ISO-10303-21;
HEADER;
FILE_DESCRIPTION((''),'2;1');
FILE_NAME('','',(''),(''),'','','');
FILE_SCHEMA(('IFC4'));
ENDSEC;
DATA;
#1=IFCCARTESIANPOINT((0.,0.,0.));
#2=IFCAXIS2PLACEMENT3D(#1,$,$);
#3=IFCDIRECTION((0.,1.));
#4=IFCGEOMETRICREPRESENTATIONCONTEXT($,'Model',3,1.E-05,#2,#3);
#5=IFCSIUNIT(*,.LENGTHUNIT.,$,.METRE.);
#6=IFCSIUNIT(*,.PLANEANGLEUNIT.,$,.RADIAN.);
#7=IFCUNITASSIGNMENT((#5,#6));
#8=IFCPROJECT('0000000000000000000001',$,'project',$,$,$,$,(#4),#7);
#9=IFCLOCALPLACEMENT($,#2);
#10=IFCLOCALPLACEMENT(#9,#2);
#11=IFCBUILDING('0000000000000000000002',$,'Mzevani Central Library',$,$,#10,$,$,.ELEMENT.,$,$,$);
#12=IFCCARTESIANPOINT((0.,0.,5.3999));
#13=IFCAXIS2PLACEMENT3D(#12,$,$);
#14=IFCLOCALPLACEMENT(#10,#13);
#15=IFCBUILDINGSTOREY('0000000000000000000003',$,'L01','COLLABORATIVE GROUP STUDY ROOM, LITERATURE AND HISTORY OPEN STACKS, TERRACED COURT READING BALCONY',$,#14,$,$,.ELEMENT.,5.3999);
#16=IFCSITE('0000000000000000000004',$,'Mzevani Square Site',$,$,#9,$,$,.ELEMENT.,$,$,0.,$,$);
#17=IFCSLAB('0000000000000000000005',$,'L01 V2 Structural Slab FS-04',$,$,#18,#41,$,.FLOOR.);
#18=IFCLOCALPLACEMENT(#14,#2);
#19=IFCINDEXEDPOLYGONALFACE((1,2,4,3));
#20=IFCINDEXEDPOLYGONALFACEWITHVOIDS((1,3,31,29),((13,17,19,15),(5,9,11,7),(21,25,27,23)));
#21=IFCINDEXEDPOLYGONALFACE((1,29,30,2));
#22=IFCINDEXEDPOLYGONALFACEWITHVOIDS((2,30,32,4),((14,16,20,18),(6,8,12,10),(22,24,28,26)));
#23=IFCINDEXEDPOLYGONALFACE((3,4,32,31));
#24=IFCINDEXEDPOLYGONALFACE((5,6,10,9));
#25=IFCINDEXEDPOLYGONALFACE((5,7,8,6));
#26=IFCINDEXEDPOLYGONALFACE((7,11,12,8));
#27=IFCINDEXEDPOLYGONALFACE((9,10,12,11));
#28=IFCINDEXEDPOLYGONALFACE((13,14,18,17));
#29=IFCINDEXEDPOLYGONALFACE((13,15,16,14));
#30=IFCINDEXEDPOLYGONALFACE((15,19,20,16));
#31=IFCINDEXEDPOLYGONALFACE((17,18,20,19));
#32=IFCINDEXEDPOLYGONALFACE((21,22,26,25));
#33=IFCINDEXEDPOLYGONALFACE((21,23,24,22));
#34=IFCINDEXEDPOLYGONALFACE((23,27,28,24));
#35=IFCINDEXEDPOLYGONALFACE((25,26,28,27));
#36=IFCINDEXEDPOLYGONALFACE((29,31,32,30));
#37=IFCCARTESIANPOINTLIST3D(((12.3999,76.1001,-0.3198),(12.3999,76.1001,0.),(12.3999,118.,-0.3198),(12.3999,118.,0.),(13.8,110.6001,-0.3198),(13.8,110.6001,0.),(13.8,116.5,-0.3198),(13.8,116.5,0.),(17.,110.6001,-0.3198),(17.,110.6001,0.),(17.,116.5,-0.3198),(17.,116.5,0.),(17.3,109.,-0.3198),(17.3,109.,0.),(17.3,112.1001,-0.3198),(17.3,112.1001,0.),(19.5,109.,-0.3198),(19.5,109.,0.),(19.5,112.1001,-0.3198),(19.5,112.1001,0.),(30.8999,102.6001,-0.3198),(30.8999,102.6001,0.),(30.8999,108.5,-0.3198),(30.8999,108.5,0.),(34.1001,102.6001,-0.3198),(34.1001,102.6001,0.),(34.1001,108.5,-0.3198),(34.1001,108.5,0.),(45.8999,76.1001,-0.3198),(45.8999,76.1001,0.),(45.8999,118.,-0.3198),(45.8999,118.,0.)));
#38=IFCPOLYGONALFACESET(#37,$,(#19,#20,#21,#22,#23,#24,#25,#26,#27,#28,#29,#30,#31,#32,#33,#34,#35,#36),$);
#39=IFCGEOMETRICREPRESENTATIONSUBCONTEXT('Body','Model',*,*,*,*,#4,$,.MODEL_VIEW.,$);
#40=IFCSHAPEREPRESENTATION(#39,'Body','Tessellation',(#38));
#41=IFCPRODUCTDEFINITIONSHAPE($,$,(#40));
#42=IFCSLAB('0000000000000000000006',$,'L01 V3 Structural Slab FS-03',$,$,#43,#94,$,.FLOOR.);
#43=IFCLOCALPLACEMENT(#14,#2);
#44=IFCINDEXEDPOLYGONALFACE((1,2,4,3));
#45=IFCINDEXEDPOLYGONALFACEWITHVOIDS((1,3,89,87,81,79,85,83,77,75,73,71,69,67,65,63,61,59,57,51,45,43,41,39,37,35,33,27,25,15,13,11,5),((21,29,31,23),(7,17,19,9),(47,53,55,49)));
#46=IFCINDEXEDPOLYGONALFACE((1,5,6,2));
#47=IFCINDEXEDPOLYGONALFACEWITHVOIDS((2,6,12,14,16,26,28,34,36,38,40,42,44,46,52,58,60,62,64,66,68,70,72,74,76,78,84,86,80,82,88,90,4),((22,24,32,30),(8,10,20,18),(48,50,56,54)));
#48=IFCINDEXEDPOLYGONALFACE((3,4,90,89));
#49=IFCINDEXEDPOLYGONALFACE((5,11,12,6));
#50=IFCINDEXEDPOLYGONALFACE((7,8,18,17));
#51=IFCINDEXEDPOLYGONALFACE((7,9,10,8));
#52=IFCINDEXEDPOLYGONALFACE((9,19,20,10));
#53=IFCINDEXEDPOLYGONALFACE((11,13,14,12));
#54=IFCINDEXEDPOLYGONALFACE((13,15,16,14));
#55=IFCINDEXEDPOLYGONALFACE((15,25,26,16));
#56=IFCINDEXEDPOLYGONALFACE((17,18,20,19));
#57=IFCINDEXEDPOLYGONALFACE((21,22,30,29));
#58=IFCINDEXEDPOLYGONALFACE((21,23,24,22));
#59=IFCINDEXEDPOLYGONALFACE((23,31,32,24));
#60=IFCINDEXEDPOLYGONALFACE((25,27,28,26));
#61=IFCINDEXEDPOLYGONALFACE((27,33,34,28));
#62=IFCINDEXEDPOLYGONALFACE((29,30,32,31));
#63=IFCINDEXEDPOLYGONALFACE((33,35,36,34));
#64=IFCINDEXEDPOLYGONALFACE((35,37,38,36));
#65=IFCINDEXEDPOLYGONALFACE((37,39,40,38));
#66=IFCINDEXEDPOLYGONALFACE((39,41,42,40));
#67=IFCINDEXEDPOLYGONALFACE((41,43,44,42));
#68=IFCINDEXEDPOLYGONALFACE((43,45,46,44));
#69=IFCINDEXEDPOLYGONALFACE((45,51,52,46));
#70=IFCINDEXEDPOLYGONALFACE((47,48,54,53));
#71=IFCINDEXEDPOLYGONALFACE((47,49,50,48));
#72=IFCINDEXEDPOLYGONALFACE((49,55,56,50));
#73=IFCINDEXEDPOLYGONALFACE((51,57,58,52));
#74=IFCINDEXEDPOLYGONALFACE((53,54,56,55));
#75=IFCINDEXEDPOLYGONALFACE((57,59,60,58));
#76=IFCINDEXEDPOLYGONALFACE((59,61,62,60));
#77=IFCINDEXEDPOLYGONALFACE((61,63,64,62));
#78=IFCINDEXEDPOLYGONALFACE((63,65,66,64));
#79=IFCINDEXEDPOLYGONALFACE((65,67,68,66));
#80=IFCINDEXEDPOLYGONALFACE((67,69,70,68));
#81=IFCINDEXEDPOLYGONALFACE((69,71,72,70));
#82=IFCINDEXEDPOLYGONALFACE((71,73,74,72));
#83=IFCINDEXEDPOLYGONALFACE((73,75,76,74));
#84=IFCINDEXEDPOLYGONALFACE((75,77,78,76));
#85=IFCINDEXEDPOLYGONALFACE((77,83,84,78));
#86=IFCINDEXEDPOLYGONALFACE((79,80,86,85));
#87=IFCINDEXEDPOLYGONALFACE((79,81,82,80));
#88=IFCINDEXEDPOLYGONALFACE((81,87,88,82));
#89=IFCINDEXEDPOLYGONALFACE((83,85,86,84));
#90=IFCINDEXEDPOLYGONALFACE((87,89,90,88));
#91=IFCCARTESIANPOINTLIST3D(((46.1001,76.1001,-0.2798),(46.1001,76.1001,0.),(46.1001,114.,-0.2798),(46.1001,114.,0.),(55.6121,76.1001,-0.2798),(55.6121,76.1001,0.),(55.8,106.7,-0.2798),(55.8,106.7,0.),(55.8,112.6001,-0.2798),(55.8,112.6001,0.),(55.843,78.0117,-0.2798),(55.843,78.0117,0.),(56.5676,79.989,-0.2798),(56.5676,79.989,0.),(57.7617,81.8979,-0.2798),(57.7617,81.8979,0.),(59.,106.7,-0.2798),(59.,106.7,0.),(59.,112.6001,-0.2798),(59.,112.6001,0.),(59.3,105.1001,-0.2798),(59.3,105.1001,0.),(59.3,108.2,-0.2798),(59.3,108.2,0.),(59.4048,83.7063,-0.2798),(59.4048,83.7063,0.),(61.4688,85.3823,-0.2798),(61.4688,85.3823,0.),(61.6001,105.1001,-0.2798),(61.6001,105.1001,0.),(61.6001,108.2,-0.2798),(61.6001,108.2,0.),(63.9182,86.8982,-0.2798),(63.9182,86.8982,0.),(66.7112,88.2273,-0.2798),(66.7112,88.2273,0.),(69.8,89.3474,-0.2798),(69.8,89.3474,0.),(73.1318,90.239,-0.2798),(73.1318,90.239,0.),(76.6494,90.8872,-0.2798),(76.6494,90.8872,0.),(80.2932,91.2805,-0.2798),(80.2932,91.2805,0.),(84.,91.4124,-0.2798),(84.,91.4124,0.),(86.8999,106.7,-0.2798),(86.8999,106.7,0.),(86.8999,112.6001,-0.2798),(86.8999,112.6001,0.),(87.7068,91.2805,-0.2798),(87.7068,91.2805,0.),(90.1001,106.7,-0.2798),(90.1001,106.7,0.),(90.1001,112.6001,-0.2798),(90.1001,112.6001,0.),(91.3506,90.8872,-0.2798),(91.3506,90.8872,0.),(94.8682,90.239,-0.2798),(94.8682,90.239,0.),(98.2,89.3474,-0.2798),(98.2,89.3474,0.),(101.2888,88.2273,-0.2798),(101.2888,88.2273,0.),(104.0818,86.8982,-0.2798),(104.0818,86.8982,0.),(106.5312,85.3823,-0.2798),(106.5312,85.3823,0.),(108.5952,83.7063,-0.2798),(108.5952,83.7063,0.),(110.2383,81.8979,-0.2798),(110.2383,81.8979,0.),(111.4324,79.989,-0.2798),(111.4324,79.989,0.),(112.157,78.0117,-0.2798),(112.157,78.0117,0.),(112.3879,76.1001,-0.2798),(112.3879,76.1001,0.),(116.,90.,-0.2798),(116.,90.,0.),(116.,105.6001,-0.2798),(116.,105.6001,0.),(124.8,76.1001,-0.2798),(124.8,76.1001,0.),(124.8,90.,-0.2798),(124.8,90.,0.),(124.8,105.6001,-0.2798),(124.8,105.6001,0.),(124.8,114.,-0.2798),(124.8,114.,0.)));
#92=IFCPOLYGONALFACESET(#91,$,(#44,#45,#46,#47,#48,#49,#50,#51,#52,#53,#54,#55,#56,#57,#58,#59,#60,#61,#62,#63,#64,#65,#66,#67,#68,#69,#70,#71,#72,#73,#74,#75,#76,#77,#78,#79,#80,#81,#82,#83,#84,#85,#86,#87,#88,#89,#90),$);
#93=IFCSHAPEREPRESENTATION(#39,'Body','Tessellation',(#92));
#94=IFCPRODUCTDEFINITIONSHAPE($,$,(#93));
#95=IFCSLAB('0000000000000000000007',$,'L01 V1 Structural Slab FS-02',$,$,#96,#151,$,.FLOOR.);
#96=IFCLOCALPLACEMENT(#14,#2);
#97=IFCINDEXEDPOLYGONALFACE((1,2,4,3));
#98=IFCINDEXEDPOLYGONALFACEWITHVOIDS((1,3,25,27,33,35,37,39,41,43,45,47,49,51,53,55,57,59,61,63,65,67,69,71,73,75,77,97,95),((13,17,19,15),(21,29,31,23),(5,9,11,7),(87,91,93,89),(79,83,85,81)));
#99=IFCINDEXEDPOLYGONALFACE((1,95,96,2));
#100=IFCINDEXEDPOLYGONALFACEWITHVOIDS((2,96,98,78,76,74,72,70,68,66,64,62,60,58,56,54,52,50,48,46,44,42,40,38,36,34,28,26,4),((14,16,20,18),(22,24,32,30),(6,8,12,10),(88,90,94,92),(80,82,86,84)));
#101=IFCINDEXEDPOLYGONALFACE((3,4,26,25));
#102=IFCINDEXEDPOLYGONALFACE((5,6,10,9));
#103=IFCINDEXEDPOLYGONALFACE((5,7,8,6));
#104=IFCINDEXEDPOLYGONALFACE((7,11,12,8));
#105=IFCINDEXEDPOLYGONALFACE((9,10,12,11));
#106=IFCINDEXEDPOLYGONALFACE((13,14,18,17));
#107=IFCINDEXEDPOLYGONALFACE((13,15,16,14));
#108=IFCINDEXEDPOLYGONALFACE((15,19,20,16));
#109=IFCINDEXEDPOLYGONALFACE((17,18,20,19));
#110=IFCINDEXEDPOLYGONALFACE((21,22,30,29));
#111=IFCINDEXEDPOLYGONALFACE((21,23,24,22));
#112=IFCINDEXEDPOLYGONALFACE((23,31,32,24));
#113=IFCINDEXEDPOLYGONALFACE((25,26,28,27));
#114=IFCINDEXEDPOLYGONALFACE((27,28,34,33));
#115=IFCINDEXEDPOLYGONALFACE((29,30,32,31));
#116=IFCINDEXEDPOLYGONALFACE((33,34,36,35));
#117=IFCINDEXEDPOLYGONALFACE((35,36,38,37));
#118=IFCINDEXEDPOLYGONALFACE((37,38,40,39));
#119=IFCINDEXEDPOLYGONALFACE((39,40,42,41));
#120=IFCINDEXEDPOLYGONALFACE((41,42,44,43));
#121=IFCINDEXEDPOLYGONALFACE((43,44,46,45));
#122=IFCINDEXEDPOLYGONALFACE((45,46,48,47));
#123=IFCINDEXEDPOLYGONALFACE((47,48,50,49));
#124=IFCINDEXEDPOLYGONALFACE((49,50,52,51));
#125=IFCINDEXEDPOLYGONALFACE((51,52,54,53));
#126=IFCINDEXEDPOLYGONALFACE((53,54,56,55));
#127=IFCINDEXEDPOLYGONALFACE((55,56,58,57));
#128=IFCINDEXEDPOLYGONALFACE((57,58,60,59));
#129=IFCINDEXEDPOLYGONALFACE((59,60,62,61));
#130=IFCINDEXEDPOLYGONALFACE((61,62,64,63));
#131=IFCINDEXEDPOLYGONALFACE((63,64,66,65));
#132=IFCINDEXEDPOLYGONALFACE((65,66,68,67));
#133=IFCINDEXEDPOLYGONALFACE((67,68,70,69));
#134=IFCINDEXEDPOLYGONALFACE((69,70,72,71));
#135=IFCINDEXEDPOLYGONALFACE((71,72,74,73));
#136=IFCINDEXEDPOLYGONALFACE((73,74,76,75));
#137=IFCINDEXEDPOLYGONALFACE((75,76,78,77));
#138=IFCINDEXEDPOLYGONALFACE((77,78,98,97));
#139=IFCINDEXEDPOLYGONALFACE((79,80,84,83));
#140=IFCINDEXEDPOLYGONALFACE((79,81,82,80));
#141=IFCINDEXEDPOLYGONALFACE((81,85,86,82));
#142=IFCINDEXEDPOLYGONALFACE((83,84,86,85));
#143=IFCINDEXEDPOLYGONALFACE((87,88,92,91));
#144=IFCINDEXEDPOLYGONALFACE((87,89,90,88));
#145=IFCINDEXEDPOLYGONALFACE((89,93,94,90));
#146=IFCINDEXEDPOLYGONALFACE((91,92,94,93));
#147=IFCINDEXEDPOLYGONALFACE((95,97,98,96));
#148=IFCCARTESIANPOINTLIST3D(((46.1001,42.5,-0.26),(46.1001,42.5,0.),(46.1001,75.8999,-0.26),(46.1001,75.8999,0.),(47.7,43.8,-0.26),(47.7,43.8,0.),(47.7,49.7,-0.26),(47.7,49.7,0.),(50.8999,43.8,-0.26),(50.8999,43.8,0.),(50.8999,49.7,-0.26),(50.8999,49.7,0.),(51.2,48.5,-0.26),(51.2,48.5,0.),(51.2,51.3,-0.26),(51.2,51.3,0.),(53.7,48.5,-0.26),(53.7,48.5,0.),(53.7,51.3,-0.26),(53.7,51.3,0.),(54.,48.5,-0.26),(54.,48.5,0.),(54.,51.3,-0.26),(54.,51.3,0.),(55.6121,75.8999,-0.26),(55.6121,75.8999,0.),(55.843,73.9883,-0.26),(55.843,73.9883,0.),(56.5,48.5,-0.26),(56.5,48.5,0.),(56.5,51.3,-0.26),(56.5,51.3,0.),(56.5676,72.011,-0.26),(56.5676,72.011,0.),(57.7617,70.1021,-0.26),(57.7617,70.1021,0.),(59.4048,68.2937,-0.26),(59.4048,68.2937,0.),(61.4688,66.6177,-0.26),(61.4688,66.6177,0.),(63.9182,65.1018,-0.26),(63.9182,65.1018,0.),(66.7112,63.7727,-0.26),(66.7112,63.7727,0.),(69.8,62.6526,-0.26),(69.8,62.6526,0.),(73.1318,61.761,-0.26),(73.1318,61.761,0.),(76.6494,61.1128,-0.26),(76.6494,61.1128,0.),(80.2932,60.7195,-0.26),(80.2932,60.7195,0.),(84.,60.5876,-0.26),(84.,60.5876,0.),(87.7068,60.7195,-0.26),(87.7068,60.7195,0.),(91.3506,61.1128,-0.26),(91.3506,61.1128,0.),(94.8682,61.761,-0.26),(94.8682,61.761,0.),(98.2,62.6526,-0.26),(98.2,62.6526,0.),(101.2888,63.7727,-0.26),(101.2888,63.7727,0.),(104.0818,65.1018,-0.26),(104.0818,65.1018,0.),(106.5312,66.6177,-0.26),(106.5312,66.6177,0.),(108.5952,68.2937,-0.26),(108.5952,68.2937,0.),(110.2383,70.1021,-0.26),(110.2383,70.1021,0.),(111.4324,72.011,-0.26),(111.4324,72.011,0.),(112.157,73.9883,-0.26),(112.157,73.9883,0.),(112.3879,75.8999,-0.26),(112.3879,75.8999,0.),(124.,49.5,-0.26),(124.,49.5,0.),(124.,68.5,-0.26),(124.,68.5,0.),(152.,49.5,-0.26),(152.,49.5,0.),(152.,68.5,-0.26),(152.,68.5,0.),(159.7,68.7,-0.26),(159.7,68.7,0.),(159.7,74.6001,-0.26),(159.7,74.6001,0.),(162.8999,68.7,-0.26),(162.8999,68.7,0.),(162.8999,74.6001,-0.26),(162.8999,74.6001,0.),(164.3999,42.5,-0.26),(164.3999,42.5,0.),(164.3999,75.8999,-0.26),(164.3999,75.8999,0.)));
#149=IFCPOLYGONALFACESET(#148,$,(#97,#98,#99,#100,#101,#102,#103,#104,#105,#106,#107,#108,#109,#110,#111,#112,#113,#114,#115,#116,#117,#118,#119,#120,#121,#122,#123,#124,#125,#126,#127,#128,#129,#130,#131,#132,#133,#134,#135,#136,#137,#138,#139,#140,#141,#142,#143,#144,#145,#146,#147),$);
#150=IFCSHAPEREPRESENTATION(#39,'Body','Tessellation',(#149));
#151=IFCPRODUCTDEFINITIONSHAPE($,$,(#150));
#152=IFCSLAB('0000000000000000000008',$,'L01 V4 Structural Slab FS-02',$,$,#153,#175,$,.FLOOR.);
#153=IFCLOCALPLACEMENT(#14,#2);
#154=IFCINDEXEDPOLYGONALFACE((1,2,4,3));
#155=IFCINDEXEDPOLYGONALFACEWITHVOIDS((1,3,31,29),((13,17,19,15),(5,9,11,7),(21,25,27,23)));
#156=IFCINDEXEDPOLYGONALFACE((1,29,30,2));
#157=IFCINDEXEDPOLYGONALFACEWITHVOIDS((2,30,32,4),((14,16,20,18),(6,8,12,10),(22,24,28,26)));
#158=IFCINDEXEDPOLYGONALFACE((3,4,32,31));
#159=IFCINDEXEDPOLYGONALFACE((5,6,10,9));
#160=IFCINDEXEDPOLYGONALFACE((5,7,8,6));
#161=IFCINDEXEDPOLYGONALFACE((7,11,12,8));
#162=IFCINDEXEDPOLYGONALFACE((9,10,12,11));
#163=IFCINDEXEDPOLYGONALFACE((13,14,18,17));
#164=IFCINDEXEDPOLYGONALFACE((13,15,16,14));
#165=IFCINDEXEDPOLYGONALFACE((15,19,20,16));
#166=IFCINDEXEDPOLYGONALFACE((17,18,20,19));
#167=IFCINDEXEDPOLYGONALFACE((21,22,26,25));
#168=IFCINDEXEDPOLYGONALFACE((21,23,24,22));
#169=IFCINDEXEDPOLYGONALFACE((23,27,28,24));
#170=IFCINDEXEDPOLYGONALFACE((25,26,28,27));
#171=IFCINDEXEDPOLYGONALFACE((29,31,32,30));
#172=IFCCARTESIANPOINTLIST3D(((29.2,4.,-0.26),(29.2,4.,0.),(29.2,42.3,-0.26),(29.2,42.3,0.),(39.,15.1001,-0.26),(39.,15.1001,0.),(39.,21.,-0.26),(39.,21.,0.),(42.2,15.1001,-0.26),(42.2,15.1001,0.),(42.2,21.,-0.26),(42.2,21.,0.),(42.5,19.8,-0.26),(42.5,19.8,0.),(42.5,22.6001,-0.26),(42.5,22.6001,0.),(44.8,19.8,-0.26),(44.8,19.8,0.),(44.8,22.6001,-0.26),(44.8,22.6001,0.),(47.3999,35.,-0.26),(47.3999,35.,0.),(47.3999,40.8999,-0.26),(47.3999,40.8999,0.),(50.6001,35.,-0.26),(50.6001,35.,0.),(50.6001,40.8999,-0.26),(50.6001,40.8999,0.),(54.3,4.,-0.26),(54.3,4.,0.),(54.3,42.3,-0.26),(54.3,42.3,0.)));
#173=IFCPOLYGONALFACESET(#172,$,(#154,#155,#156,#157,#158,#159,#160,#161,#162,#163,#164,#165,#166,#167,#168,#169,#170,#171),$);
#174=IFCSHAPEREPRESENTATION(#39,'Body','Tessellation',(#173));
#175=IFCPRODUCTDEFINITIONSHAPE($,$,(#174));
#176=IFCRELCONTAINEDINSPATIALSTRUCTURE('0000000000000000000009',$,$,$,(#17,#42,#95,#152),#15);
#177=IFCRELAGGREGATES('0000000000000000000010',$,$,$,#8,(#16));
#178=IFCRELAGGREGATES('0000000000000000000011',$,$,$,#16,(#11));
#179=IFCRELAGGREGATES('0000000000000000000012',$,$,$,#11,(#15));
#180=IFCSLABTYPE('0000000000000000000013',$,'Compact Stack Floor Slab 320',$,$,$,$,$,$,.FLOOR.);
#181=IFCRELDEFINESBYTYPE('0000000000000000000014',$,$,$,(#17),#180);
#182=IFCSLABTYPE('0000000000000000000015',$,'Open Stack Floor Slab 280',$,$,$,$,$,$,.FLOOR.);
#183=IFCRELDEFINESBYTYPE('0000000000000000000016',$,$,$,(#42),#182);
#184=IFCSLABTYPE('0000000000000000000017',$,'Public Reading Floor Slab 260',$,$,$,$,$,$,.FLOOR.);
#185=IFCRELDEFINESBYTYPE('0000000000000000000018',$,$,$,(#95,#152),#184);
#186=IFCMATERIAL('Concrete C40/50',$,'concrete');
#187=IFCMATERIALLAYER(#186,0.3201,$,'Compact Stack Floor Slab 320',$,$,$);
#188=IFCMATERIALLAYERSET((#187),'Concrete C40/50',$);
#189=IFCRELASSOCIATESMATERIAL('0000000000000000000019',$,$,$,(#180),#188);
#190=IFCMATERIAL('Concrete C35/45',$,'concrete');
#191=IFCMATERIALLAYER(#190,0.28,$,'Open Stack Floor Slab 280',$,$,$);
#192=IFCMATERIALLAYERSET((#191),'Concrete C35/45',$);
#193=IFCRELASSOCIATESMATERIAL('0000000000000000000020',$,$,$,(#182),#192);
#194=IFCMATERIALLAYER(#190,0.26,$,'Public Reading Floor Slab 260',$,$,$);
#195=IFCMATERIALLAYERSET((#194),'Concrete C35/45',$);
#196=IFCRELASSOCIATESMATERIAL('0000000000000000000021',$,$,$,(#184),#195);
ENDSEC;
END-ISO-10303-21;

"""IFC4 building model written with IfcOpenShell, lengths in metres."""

from ifc_helpers import new_model, si_unit, direction, frame, origin, place, context, subcontext, project, spatial, polyline, outline, extrude, material, layer, layer_set, type_object, element, save


model = new_model("IFC4")

# Units and contexts
model_context = context("Model", 3, precision=1e-05, world=origin(), true_north=direction((0.0, 1.0)))
body_context = subcontext(model_context, "Body", "Model", "MODEL_VIEW")
ifc_project = project(units=[si_unit("LENGTHUNIT", "METRE"), si_unit("PLANEANGLEUNIT", "RADIAN")], contexts=[model_context])

# Site, building, storey
site_placement = place(None, origin())
site = spatial("IfcSite", under=ifc_project, at=site_placement, Name="Mzevani Square Site", CompositionType="ELEMENT", RefElevation=0.0)
building_placement = place(site_placement, origin())
building = spatial("IfcBuilding", under=site, at=building_placement, Name="Mzevani Central Library", CompositionType="ELEMENT")
storey_placement = place(building_placement, frame((0.0, 0.0, 5.3999)))
storey = spatial("IfcBuildingStorey", under=building, at=storey_placement, Name="L01", Description="COLLABORATIVE GROUP STUDY ROOM, LITERATURE AND HISTORY OPEN STACKS, TERRACED COURT READING BALCONY", CompositionType="ELEMENT", Elevation=5.3999)

# Slabs
ifc_material_1 = material(Name="Concrete C40/50", Category="concrete")
ifc_layer_1 = layer(ifc_material_1, 0.3201, Name="Compact Stack Floor Slab 320")
ifc_layer_set_1 = layer_set([ifc_layer_1], Name="Concrete C40/50")
slab_type_1 = type_object("IfcSlabType", Name="Compact Stack Floor Slab 320", PredefinedType="FLOOR", material=ifc_layer_set_1)
slab_1_placement = place(storey_placement, frame((0.0, 0.0, -0.3198)))
element("IfcSlab", 1, at=slab_1_placement, inside=storey, type_object=slab_type_1, Name="L01 V2 Structural Slab FS-04", PredefinedType="FLOOR", context=body_context, shape_type="SweptSolid", body=[
    extrude(outline(polyline([(45.8999, 76.1001), (12.3999, 76.1001), (12.3999, 118.0), (45.8999, 118.0), (45.8999, 76.1001)]), holes=[polyline([(17.0, 110.6001), (17.0, 116.5), (13.8, 116.5), (13.8, 110.6001), (17.0, 110.6001)]), polyline([(17.3, 109.0), (19.5, 109.0), (19.5, 112.1001), (17.3, 112.1001), (17.3, 109.0)]), polyline([(30.8999, 108.5), (30.8999, 102.6001), (34.1001, 102.6001), (34.1001, 108.5), (30.8999, 108.5)])]), origin(), (0.0, 0.0, 1.0), 0.3198),
])
ifc_material_2 = material(Name="Concrete C35/45", Category="concrete")
ifc_layer_2 = layer(ifc_material_2, 0.28, Name="Open Stack Floor Slab 280")
ifc_layer_set_2 = layer_set([ifc_layer_2], Name="Concrete C35/45")
slab_type_2 = type_object("IfcSlabType", Name="Open Stack Floor Slab 280", PredefinedType="FLOOR", material=ifc_layer_set_2)
slab_2_placement = place(storey_placement, frame((0.0, 0.0, -0.2798)))
element("IfcSlab", 2, at=slab_2_placement, inside=storey, type_object=slab_type_2, Name="L01 V3 Structural Slab FS-03", PredefinedType="FLOOR", context=body_context, shape_type="SweptSolid", body=[
    extrude(outline(polyline([(46.1001, 114.0), (124.8, 114.0), (124.8, 105.6001), (116.0, 105.6001), (116.0, 90.0), (124.8, 90.0), (124.8, 76.1001), (112.3879, 76.1001), (112.157, 78.0117), (111.4324, 79.989), (110.2383, 81.8979), (108.5952, 83.7063), (106.5312, 85.3823), (104.0818, 86.8982), (101.2888, 88.2273), (98.2, 89.3474), (94.8682, 90.239), (91.3506, 90.8872), (87.7068, 91.2805), (84.0, 91.4124), (80.2932, 91.2805), (76.6494, 90.8872), (73.1318, 90.239), (69.8, 89.3474), (66.7112, 88.2273), (63.9182, 86.8982), (61.4688, 85.3823), (59.4048, 83.7063), (57.7617, 81.8979), (56.5676, 79.989), (55.843, 78.0117), (55.6121, 76.1001), (46.1001, 76.1001), (46.1001, 114.0)]), holes=[polyline([(59.0, 106.7), (59.0, 112.6001), (55.8, 112.6001), (55.8, 106.7), (59.0, 106.7)]), polyline([(59.3, 105.1001), (61.6001, 105.1001), (61.6001, 108.2), (59.3, 108.2), (59.3, 105.1001)]), polyline([(90.1001, 106.7), (90.1001, 112.6001), (86.8999, 112.6001), (86.8999, 106.7), (90.1001, 106.7)])]), origin(), (0.0, 0.0, 1.0), 0.2798),
])
ifc_layer_3 = layer(ifc_material_2, 0.26, Name="Public Reading Floor Slab 260")
ifc_layer_set_3 = layer_set([ifc_layer_3], Name="Concrete C35/45")
slab_type_3 = type_object("IfcSlabType", Name="Public Reading Floor Slab 260", PredefinedType="FLOOR", material=ifc_layer_set_3)
slab_3_placement = place(storey_placement, frame((0.0, 0.0, -0.26)))
element("IfcSlab", 3, at=slab_3_placement, inside=storey, type_object=slab_type_3, Name="L01 V1 Structural Slab FS-02", PredefinedType="FLOOR", context=body_context, shape_type="SweptSolid", body=[
    extrude(outline(polyline([(164.3999, 42.5), (46.1001, 42.5), (46.1001, 75.8999), (55.6121, 75.8999), (55.843, 73.9883), (56.5676, 72.011), (57.7617, 70.1021), (59.4048, 68.2937), (61.4688, 66.6177), (63.9182, 65.1018), (66.7112, 63.7727), (69.8, 62.6526), (73.1318, 61.761), (76.6494, 61.1128), (80.2932, 60.7195), (84.0, 60.5876), (87.7068, 60.7195), (91.3506, 61.1128), (94.8682, 61.761), (98.2, 62.6526), (101.2888, 63.7727), (104.0818, 65.1018), (106.5312, 66.6177), (108.5952, 68.2937), (110.2383, 70.1021), (111.4324, 72.011), (112.157, 73.9883), (112.3879, 75.8999), (164.3999, 75.8999), (164.3999, 42.5)]), holes=[polyline([(152.0, 68.5), (124.0, 68.5), (124.0, 49.5), (152.0, 49.5), (152.0, 68.5)]), polyline([(47.7, 49.7), (47.7, 43.8), (50.8999, 43.8), (50.8999, 49.7), (47.7, 49.7)]), polyline([(51.2, 48.5), (53.7, 48.5), (53.7, 51.3), (51.2, 51.3), (51.2, 48.5)]), polyline([(54.0, 48.5), (56.5, 48.5), (56.5, 51.3), (54.0, 51.3), (54.0, 48.5)]), polyline([(162.8999, 68.7), (162.8999, 74.6001), (159.7, 74.6001), (159.7, 68.7), (162.8999, 68.7)])]), origin(), (0.0, 0.0, 1.0), 0.26),
])
slab_4_placement = place(storey_placement, frame((0.0, 0.0, -0.26)))
element("IfcSlab", 4, at=slab_4_placement, inside=storey, type_object=slab_type_3, Name="L01 V4 Structural Slab FS-02", PredefinedType="FLOOR", context=body_context, shape_type="SweptSolid", body=[
    extrude(outline(polyline([(54.3, 4.0), (29.2, 4.0), (29.2, 42.3), (54.3, 42.3), (54.3, 4.0)]), holes=[polyline([(39.0, 21.0), (39.0, 15.1001), (42.2, 15.1001), (42.2, 21.0), (39.0, 21.0)]), polyline([(42.5, 19.8), (44.8, 19.8), (44.8, 22.6001), (42.5, 22.6001), (42.5, 19.8)]), polyline([(50.6001, 35.0), (50.6001, 40.8999), (47.3999, 40.8999), (47.3999, 35.0), (50.6001, 35.0)])]), origin(), (0.0, 0.0, 1.0), 0.26),
])

save(model, "model.ifc")
